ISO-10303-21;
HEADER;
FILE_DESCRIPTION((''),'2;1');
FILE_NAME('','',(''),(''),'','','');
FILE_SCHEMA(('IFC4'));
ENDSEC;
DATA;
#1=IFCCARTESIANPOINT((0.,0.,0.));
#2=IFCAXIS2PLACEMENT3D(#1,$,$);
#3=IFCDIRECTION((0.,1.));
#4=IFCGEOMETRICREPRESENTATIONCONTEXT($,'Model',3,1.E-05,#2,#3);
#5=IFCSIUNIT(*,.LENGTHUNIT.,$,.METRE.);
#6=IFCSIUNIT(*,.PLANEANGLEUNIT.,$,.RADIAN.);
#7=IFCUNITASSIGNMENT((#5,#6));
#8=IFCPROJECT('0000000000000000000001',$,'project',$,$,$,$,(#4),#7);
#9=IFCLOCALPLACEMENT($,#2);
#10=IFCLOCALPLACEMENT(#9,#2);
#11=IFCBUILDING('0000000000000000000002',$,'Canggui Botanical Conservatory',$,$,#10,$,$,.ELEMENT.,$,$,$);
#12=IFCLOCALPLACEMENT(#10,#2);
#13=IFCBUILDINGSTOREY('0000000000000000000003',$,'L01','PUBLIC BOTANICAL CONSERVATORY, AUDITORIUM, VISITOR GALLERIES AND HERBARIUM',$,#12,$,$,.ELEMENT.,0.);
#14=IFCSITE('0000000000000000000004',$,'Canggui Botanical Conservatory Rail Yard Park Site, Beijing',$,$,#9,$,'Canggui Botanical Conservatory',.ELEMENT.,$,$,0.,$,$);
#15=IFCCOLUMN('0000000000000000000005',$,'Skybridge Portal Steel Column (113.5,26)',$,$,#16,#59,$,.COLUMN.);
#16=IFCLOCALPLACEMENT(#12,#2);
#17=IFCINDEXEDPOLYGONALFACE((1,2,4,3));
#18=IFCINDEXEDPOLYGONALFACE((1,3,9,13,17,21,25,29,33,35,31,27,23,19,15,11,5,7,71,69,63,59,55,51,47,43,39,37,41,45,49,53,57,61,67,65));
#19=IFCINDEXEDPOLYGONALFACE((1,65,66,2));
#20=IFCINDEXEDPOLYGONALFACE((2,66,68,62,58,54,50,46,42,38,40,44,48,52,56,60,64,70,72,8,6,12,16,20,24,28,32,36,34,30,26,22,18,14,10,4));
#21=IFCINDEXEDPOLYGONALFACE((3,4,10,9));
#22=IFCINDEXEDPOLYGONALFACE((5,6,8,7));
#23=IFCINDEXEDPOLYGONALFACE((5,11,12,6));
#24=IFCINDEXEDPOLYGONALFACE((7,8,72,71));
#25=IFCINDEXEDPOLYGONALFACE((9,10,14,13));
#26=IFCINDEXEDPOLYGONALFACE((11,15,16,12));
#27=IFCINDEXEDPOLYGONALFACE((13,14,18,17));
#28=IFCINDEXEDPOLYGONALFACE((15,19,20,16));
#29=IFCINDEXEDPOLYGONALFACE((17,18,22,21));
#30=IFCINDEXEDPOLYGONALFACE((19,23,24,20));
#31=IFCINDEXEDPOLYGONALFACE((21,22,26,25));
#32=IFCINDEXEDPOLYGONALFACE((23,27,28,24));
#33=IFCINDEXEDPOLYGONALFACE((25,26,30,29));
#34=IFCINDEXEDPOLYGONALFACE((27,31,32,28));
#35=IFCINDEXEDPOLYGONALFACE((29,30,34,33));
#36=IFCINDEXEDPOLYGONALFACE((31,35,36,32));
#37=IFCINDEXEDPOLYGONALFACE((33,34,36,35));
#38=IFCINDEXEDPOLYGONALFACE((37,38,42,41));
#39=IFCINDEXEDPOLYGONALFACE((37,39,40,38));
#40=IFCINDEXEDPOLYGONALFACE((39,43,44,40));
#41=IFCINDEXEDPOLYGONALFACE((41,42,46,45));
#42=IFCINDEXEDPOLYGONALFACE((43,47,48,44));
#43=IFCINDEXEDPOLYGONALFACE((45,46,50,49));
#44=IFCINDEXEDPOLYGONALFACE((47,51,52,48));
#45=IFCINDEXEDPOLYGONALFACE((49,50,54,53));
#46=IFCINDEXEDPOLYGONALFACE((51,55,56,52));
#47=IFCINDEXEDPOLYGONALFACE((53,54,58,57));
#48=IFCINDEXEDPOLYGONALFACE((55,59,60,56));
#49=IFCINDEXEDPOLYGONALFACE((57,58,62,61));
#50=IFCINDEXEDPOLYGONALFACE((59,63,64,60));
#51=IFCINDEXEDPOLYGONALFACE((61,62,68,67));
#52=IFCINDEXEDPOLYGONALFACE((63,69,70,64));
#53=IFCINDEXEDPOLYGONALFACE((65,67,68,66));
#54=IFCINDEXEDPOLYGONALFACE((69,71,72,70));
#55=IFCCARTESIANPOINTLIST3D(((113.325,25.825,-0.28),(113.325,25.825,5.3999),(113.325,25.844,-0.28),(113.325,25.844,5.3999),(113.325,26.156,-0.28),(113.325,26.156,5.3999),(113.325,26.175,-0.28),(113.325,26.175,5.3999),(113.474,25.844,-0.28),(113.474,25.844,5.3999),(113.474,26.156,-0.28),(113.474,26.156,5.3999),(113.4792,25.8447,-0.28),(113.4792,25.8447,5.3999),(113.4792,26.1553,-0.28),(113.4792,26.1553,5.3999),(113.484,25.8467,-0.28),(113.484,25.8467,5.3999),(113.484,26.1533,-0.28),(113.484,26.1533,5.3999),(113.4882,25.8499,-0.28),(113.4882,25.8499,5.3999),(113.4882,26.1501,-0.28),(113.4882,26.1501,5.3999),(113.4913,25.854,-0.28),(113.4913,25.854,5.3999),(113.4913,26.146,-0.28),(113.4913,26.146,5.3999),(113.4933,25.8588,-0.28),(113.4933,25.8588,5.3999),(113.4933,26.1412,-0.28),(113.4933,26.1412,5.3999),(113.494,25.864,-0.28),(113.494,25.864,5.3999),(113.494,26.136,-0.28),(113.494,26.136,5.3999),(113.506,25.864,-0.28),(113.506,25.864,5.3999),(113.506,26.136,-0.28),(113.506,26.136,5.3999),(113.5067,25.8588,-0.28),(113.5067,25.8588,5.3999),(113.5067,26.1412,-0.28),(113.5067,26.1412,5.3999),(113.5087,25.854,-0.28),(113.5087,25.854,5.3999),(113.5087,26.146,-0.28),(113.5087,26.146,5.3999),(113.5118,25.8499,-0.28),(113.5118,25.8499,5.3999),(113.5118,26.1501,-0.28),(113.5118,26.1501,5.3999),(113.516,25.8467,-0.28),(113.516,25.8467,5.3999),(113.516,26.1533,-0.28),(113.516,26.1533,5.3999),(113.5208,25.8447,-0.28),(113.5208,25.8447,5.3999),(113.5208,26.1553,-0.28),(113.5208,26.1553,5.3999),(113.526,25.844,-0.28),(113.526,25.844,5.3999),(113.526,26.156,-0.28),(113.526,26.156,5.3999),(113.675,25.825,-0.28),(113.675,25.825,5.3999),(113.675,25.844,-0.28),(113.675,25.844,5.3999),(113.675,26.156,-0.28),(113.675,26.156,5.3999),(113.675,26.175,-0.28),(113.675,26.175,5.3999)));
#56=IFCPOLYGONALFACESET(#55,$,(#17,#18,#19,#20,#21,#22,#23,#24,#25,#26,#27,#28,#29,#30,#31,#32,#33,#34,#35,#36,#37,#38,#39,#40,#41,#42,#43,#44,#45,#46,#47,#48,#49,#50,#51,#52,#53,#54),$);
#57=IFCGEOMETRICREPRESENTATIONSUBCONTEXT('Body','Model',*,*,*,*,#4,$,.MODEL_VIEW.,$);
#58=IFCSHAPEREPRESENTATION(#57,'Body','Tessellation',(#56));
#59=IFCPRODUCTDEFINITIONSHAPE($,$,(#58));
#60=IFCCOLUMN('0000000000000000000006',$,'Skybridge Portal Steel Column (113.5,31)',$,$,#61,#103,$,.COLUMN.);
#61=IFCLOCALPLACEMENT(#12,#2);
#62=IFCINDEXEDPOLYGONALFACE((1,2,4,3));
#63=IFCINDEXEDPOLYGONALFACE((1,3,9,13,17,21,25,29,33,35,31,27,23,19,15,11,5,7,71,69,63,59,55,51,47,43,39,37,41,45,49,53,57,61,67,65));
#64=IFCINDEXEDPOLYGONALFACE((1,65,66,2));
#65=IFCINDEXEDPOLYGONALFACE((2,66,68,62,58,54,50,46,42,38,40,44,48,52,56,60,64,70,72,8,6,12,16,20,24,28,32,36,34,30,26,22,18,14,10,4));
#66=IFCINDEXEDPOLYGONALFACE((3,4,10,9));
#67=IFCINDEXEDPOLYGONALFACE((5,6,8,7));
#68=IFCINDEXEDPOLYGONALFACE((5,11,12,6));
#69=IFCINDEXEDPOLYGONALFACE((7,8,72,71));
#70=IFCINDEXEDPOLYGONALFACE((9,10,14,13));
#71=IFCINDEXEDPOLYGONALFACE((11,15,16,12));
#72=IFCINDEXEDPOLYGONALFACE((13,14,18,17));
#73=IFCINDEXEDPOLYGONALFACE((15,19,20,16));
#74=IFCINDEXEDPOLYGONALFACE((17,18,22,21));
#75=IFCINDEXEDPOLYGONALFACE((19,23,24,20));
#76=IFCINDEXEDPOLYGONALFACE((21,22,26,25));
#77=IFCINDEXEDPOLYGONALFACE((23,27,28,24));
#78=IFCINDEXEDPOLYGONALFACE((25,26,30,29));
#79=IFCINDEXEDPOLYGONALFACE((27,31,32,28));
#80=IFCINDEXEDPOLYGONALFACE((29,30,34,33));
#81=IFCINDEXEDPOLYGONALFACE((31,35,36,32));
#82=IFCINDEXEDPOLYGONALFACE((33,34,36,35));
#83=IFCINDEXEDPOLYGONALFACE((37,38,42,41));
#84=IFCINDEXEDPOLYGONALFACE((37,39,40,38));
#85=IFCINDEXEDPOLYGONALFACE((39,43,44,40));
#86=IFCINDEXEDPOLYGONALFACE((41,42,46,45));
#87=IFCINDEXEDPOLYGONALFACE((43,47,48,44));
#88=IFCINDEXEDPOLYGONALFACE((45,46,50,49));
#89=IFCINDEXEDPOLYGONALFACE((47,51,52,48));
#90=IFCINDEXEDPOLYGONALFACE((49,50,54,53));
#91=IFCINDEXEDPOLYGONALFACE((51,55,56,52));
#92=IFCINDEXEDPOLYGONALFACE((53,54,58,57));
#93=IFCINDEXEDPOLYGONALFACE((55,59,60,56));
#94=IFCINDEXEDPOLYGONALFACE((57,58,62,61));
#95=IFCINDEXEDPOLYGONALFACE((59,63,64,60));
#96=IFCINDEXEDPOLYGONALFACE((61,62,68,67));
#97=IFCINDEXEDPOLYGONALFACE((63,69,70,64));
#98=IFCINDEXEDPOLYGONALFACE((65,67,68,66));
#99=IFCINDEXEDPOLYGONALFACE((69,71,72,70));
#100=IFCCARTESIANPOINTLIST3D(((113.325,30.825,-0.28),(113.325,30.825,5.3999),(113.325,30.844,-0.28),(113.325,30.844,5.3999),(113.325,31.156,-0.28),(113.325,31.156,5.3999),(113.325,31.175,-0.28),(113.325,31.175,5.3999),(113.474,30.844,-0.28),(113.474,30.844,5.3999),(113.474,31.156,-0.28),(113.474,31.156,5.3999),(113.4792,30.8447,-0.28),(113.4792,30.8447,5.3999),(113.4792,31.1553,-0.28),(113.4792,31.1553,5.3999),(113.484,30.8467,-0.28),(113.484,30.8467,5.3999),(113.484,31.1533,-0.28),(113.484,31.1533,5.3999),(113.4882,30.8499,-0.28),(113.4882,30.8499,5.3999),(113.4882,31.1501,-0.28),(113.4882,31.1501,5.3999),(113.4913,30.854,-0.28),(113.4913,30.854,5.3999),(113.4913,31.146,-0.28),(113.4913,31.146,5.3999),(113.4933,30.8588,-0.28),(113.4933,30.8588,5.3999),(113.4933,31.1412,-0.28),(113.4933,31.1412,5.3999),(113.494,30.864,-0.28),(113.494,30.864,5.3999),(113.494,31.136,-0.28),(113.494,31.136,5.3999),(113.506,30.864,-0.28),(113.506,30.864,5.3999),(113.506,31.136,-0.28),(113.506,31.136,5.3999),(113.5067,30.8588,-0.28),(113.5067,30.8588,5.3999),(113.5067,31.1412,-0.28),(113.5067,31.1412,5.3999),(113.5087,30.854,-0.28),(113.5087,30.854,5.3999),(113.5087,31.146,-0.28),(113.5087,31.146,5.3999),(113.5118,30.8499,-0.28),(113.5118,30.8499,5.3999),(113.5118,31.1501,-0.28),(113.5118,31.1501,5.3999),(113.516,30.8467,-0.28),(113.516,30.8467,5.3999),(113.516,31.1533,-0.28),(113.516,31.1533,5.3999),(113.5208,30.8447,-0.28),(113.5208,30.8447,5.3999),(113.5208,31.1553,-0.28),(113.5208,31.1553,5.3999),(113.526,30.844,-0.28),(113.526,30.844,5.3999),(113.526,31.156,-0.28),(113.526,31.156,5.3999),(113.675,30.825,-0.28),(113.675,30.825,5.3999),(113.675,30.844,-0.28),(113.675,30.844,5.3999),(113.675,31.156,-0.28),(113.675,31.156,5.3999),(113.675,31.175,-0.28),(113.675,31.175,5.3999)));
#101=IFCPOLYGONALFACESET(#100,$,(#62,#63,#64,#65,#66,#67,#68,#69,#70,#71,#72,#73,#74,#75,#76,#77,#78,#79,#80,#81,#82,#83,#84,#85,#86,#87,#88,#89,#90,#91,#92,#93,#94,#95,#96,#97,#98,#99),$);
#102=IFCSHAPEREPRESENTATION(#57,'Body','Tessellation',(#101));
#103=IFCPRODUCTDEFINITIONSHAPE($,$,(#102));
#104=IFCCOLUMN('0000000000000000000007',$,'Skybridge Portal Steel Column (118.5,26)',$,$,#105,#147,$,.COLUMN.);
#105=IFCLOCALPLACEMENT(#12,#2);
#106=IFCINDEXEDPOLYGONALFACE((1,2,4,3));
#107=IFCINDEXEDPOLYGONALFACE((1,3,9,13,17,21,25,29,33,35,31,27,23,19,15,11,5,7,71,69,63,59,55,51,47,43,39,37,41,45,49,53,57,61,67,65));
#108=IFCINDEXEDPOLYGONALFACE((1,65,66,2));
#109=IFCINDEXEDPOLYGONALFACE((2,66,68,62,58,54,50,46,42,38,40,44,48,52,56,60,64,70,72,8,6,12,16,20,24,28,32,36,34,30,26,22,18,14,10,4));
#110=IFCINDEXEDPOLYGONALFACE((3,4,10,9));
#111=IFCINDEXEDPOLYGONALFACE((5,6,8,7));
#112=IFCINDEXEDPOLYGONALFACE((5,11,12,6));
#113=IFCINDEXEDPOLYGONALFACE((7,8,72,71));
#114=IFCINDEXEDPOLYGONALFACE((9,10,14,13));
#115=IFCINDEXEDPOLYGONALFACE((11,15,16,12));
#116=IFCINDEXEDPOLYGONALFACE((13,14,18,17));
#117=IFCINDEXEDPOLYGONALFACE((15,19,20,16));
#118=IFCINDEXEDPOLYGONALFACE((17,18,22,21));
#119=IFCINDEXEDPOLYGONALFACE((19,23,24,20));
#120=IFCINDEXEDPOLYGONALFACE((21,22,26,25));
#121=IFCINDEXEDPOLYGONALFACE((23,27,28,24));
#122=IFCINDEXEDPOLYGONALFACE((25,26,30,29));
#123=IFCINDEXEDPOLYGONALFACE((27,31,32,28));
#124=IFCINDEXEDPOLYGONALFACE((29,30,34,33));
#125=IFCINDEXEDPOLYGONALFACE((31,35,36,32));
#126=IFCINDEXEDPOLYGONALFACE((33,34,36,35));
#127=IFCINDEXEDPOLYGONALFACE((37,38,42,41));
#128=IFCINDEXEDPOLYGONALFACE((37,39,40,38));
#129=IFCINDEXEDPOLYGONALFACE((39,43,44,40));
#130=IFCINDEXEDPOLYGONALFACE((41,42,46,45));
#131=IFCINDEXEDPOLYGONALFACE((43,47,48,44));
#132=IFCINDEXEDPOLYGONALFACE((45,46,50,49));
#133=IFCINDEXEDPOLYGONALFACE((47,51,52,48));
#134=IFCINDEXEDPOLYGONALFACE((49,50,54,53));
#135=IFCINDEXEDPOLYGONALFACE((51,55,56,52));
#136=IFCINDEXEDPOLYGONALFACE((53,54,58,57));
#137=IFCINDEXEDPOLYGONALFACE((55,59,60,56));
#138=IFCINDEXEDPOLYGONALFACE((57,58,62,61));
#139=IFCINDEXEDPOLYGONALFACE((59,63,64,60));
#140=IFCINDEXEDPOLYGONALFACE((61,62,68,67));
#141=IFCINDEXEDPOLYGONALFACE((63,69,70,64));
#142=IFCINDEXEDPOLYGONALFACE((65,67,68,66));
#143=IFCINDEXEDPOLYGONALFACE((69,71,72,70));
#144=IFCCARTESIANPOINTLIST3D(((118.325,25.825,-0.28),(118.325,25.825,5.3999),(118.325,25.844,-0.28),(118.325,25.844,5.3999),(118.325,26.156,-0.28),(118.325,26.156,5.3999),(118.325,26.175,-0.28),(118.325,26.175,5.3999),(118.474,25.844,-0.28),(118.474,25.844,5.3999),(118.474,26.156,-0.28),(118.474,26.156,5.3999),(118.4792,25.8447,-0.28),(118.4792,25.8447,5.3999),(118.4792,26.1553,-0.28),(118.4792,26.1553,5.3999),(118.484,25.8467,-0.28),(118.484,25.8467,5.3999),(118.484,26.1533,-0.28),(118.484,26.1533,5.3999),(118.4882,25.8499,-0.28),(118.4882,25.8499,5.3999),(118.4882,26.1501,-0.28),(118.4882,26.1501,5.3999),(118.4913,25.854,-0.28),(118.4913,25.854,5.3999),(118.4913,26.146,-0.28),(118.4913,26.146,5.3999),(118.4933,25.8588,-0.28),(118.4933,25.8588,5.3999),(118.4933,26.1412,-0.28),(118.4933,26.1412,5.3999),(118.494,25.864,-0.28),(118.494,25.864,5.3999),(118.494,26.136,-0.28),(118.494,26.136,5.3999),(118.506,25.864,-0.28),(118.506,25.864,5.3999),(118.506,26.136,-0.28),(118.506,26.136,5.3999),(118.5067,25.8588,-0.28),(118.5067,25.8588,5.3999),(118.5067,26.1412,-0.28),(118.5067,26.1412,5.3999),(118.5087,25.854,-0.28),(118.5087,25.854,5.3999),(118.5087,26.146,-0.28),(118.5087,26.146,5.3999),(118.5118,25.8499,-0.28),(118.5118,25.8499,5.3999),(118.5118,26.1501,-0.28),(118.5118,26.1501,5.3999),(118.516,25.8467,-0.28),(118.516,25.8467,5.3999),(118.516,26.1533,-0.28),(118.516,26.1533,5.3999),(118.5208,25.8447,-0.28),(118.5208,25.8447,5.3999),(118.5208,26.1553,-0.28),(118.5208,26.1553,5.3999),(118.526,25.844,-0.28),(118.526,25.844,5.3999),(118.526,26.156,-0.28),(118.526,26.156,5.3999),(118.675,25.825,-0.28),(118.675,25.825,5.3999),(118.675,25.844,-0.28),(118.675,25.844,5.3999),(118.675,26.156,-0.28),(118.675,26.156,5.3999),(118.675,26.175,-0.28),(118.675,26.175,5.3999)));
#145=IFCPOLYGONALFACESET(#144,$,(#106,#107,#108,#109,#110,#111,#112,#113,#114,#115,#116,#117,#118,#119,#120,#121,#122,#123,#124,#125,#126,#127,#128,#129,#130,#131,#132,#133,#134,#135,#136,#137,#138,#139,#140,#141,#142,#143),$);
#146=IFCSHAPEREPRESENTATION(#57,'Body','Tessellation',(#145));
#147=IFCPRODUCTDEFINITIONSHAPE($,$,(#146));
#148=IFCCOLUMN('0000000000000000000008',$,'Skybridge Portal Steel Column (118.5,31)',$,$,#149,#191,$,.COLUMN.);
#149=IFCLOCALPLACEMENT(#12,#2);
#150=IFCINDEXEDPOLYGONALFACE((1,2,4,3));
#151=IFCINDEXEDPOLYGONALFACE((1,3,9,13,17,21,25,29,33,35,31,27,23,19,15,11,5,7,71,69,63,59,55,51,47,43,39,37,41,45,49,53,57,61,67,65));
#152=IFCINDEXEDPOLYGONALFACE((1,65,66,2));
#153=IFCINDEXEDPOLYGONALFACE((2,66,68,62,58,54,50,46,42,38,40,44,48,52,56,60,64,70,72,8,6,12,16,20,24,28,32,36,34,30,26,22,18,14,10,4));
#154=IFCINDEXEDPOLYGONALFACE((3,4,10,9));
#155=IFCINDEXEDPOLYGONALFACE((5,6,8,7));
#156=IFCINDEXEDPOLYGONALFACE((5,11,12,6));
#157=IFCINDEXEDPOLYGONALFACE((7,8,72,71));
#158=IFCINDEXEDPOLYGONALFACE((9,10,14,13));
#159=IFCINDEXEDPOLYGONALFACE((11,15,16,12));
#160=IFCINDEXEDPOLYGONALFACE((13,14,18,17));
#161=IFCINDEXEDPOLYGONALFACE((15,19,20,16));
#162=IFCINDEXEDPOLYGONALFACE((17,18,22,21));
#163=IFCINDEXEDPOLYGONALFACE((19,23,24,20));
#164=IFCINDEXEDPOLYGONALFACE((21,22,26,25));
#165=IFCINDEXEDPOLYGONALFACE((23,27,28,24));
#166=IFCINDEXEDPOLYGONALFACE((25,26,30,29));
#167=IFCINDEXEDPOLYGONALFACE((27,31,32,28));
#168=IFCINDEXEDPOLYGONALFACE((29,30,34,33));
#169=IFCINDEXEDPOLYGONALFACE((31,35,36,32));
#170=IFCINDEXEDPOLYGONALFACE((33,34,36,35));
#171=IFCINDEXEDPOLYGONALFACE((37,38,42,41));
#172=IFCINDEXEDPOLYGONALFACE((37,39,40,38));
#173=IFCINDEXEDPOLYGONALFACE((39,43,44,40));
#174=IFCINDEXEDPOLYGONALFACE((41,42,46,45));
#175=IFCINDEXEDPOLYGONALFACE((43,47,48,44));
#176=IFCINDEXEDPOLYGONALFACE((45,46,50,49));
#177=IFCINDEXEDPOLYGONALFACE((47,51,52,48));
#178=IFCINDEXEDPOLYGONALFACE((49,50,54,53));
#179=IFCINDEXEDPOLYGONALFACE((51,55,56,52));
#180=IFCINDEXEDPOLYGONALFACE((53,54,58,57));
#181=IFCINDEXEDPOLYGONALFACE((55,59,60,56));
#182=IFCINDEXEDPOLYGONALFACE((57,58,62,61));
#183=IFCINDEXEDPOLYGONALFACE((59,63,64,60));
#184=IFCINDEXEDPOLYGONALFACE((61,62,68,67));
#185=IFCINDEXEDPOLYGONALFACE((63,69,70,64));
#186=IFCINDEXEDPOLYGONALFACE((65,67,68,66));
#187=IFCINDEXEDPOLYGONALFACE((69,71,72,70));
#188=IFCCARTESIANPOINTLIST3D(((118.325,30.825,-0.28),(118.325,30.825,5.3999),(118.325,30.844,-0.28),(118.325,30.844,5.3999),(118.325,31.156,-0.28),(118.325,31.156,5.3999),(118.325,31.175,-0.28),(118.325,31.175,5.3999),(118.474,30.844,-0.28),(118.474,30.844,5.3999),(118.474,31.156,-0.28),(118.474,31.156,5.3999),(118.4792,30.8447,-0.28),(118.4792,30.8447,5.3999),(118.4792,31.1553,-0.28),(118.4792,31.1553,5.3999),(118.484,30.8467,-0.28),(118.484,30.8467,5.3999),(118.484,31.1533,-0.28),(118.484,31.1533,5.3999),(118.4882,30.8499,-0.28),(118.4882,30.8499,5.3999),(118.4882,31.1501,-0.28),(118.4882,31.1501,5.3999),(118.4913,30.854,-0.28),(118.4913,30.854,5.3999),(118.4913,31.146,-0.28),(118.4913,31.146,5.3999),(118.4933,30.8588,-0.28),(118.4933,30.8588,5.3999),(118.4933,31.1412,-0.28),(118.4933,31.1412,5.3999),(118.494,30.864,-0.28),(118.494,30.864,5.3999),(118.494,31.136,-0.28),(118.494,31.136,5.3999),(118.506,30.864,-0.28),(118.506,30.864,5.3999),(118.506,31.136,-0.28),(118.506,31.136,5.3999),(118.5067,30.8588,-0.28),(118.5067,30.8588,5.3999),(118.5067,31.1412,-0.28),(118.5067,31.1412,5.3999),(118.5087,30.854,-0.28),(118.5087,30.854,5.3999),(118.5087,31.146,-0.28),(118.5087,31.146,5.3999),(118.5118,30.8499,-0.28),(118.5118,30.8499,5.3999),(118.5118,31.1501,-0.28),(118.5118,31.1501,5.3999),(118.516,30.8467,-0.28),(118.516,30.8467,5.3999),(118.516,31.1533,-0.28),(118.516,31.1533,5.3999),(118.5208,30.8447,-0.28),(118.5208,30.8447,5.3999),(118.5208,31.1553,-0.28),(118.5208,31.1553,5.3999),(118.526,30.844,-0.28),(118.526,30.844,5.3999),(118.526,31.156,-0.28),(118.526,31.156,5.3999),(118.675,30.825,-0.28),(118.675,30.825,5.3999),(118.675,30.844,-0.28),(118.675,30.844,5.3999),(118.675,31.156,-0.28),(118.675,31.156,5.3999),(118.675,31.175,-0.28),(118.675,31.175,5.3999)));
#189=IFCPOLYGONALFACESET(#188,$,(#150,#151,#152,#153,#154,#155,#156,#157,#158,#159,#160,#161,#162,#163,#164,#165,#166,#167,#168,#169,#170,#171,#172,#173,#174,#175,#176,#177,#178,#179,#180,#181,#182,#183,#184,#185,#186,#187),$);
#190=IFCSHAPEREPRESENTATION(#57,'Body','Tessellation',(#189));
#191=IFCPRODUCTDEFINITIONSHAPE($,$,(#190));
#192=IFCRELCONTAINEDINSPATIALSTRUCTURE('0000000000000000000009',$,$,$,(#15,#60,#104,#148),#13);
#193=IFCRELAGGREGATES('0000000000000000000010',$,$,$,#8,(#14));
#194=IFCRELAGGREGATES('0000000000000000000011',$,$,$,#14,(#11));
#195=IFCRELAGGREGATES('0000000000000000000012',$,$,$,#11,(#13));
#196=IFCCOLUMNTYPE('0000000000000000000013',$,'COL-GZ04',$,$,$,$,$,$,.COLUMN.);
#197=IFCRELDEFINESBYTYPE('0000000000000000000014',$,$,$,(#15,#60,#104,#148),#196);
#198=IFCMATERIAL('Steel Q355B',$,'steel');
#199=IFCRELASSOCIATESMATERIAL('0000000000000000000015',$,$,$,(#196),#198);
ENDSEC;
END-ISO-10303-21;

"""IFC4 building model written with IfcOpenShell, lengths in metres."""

from ifc_helpers import new_model, si_unit, direction, frame, origin, origin_2d, place, context, subcontext, project, spatial, i_section, extrude, material, material_profile, profile_set, type_object, element, save


model = new_model("IFC4")

# Units and contexts
model_context = context("Model", 3, precision=1e-05, world=origin(), true_north=direction((0.0, 1.0)))
body_context = subcontext(model_context, "Body", "Model", "MODEL_VIEW")
ifc_project = project(units=[si_unit("LENGTHUNIT", "METRE"), si_unit("PLANEANGLEUNIT", "RADIAN")], contexts=[model_context])

# Site, building, storey
site_placement = place(None, origin())
site = spatial("IfcSite", under=ifc_project, at=site_placement, Name="Canggui Botanical Conservatory Rail Yard Park Site, Beijing", LongName="Canggui Botanical Conservatory", CompositionType="ELEMENT", RefElevation=0.0)
building_placement = place(site_placement, origin())
building = spatial("IfcBuilding", under=site, at=building_placement, Name="Canggui Botanical Conservatory", CompositionType="ELEMENT")
storey_placement = place(building_placement, origin())
storey = spatial("IfcBuildingStorey", under=building, at=storey_placement, Name="L01", Description="PUBLIC BOTANICAL CONSERVATORY, AUDITORIUM, VISITOR GALLERIES AND HERBARIUM", CompositionType="ELEMENT", Elevation=0.0)

# Columns
ifc_material_1 = material(Name="Steel Q355B", Category="steel")
ifc_material_profile_1 = material_profile(ifc_material_1, i_section(OverallWidth=0.3501, OverallDepth=0.3501, WebThickness=0.012, FlangeThickness=0.019, FilletRadius=0.02, at=origin_2d()), Name="HW 350x350x12x19")
ifc_profile_set_1 = profile_set([ifc_material_profile_1], Name="Steel Q355B")
column_type = type_object("IfcColumnType", Name="COL-GZ04", PredefinedType="COLUMN", material=ifc_profile_set_1)
for number, where, z_axis, x_axis, name in (
    (1, (113.5, 26.0, -0.28), (0.0, 0.0, 1.0), (1.0, 0.0, 0.0), "Skybridge Portal Steel Column (113.5,26)"),
    (2, (113.5, 31.0, -0.28), (0.0, 0.0, 1.0), (1.0, 0.0, 0.0), "Skybridge Portal Steel Column (113.5,31)"),
    (3, (118.5, 26.0, -0.28), (0.0, 0.0, 1.0), (1.0, 0.0, 0.0), "Skybridge Portal Steel Column (118.5,26)"),
    (4, (118.5, 31.0, -0.28), (0.0, 0.0, 1.0), (1.0, 0.0, 0.0), "Skybridge Portal Steel Column (118.5,31)"),
):
    element("IfcColumn", number, at=place(storey_placement, frame(where, z_axis=z_axis, x_axis=x_axis)), inside=storey, type_object=column_type, Name=name, PredefinedType="COLUMN", context=body_context, shape_type="SweptSolid", body=[
        extrude(i_section(OverallWidth=0.3501, OverallDepth=0.3501, WebThickness=0.012, FlangeThickness=0.019, FilletRadius=0.02, at=origin_2d()), origin(), (0.0, 0.0, 1.0), 5.6799),
    ])

save(model, "model.ifc")
